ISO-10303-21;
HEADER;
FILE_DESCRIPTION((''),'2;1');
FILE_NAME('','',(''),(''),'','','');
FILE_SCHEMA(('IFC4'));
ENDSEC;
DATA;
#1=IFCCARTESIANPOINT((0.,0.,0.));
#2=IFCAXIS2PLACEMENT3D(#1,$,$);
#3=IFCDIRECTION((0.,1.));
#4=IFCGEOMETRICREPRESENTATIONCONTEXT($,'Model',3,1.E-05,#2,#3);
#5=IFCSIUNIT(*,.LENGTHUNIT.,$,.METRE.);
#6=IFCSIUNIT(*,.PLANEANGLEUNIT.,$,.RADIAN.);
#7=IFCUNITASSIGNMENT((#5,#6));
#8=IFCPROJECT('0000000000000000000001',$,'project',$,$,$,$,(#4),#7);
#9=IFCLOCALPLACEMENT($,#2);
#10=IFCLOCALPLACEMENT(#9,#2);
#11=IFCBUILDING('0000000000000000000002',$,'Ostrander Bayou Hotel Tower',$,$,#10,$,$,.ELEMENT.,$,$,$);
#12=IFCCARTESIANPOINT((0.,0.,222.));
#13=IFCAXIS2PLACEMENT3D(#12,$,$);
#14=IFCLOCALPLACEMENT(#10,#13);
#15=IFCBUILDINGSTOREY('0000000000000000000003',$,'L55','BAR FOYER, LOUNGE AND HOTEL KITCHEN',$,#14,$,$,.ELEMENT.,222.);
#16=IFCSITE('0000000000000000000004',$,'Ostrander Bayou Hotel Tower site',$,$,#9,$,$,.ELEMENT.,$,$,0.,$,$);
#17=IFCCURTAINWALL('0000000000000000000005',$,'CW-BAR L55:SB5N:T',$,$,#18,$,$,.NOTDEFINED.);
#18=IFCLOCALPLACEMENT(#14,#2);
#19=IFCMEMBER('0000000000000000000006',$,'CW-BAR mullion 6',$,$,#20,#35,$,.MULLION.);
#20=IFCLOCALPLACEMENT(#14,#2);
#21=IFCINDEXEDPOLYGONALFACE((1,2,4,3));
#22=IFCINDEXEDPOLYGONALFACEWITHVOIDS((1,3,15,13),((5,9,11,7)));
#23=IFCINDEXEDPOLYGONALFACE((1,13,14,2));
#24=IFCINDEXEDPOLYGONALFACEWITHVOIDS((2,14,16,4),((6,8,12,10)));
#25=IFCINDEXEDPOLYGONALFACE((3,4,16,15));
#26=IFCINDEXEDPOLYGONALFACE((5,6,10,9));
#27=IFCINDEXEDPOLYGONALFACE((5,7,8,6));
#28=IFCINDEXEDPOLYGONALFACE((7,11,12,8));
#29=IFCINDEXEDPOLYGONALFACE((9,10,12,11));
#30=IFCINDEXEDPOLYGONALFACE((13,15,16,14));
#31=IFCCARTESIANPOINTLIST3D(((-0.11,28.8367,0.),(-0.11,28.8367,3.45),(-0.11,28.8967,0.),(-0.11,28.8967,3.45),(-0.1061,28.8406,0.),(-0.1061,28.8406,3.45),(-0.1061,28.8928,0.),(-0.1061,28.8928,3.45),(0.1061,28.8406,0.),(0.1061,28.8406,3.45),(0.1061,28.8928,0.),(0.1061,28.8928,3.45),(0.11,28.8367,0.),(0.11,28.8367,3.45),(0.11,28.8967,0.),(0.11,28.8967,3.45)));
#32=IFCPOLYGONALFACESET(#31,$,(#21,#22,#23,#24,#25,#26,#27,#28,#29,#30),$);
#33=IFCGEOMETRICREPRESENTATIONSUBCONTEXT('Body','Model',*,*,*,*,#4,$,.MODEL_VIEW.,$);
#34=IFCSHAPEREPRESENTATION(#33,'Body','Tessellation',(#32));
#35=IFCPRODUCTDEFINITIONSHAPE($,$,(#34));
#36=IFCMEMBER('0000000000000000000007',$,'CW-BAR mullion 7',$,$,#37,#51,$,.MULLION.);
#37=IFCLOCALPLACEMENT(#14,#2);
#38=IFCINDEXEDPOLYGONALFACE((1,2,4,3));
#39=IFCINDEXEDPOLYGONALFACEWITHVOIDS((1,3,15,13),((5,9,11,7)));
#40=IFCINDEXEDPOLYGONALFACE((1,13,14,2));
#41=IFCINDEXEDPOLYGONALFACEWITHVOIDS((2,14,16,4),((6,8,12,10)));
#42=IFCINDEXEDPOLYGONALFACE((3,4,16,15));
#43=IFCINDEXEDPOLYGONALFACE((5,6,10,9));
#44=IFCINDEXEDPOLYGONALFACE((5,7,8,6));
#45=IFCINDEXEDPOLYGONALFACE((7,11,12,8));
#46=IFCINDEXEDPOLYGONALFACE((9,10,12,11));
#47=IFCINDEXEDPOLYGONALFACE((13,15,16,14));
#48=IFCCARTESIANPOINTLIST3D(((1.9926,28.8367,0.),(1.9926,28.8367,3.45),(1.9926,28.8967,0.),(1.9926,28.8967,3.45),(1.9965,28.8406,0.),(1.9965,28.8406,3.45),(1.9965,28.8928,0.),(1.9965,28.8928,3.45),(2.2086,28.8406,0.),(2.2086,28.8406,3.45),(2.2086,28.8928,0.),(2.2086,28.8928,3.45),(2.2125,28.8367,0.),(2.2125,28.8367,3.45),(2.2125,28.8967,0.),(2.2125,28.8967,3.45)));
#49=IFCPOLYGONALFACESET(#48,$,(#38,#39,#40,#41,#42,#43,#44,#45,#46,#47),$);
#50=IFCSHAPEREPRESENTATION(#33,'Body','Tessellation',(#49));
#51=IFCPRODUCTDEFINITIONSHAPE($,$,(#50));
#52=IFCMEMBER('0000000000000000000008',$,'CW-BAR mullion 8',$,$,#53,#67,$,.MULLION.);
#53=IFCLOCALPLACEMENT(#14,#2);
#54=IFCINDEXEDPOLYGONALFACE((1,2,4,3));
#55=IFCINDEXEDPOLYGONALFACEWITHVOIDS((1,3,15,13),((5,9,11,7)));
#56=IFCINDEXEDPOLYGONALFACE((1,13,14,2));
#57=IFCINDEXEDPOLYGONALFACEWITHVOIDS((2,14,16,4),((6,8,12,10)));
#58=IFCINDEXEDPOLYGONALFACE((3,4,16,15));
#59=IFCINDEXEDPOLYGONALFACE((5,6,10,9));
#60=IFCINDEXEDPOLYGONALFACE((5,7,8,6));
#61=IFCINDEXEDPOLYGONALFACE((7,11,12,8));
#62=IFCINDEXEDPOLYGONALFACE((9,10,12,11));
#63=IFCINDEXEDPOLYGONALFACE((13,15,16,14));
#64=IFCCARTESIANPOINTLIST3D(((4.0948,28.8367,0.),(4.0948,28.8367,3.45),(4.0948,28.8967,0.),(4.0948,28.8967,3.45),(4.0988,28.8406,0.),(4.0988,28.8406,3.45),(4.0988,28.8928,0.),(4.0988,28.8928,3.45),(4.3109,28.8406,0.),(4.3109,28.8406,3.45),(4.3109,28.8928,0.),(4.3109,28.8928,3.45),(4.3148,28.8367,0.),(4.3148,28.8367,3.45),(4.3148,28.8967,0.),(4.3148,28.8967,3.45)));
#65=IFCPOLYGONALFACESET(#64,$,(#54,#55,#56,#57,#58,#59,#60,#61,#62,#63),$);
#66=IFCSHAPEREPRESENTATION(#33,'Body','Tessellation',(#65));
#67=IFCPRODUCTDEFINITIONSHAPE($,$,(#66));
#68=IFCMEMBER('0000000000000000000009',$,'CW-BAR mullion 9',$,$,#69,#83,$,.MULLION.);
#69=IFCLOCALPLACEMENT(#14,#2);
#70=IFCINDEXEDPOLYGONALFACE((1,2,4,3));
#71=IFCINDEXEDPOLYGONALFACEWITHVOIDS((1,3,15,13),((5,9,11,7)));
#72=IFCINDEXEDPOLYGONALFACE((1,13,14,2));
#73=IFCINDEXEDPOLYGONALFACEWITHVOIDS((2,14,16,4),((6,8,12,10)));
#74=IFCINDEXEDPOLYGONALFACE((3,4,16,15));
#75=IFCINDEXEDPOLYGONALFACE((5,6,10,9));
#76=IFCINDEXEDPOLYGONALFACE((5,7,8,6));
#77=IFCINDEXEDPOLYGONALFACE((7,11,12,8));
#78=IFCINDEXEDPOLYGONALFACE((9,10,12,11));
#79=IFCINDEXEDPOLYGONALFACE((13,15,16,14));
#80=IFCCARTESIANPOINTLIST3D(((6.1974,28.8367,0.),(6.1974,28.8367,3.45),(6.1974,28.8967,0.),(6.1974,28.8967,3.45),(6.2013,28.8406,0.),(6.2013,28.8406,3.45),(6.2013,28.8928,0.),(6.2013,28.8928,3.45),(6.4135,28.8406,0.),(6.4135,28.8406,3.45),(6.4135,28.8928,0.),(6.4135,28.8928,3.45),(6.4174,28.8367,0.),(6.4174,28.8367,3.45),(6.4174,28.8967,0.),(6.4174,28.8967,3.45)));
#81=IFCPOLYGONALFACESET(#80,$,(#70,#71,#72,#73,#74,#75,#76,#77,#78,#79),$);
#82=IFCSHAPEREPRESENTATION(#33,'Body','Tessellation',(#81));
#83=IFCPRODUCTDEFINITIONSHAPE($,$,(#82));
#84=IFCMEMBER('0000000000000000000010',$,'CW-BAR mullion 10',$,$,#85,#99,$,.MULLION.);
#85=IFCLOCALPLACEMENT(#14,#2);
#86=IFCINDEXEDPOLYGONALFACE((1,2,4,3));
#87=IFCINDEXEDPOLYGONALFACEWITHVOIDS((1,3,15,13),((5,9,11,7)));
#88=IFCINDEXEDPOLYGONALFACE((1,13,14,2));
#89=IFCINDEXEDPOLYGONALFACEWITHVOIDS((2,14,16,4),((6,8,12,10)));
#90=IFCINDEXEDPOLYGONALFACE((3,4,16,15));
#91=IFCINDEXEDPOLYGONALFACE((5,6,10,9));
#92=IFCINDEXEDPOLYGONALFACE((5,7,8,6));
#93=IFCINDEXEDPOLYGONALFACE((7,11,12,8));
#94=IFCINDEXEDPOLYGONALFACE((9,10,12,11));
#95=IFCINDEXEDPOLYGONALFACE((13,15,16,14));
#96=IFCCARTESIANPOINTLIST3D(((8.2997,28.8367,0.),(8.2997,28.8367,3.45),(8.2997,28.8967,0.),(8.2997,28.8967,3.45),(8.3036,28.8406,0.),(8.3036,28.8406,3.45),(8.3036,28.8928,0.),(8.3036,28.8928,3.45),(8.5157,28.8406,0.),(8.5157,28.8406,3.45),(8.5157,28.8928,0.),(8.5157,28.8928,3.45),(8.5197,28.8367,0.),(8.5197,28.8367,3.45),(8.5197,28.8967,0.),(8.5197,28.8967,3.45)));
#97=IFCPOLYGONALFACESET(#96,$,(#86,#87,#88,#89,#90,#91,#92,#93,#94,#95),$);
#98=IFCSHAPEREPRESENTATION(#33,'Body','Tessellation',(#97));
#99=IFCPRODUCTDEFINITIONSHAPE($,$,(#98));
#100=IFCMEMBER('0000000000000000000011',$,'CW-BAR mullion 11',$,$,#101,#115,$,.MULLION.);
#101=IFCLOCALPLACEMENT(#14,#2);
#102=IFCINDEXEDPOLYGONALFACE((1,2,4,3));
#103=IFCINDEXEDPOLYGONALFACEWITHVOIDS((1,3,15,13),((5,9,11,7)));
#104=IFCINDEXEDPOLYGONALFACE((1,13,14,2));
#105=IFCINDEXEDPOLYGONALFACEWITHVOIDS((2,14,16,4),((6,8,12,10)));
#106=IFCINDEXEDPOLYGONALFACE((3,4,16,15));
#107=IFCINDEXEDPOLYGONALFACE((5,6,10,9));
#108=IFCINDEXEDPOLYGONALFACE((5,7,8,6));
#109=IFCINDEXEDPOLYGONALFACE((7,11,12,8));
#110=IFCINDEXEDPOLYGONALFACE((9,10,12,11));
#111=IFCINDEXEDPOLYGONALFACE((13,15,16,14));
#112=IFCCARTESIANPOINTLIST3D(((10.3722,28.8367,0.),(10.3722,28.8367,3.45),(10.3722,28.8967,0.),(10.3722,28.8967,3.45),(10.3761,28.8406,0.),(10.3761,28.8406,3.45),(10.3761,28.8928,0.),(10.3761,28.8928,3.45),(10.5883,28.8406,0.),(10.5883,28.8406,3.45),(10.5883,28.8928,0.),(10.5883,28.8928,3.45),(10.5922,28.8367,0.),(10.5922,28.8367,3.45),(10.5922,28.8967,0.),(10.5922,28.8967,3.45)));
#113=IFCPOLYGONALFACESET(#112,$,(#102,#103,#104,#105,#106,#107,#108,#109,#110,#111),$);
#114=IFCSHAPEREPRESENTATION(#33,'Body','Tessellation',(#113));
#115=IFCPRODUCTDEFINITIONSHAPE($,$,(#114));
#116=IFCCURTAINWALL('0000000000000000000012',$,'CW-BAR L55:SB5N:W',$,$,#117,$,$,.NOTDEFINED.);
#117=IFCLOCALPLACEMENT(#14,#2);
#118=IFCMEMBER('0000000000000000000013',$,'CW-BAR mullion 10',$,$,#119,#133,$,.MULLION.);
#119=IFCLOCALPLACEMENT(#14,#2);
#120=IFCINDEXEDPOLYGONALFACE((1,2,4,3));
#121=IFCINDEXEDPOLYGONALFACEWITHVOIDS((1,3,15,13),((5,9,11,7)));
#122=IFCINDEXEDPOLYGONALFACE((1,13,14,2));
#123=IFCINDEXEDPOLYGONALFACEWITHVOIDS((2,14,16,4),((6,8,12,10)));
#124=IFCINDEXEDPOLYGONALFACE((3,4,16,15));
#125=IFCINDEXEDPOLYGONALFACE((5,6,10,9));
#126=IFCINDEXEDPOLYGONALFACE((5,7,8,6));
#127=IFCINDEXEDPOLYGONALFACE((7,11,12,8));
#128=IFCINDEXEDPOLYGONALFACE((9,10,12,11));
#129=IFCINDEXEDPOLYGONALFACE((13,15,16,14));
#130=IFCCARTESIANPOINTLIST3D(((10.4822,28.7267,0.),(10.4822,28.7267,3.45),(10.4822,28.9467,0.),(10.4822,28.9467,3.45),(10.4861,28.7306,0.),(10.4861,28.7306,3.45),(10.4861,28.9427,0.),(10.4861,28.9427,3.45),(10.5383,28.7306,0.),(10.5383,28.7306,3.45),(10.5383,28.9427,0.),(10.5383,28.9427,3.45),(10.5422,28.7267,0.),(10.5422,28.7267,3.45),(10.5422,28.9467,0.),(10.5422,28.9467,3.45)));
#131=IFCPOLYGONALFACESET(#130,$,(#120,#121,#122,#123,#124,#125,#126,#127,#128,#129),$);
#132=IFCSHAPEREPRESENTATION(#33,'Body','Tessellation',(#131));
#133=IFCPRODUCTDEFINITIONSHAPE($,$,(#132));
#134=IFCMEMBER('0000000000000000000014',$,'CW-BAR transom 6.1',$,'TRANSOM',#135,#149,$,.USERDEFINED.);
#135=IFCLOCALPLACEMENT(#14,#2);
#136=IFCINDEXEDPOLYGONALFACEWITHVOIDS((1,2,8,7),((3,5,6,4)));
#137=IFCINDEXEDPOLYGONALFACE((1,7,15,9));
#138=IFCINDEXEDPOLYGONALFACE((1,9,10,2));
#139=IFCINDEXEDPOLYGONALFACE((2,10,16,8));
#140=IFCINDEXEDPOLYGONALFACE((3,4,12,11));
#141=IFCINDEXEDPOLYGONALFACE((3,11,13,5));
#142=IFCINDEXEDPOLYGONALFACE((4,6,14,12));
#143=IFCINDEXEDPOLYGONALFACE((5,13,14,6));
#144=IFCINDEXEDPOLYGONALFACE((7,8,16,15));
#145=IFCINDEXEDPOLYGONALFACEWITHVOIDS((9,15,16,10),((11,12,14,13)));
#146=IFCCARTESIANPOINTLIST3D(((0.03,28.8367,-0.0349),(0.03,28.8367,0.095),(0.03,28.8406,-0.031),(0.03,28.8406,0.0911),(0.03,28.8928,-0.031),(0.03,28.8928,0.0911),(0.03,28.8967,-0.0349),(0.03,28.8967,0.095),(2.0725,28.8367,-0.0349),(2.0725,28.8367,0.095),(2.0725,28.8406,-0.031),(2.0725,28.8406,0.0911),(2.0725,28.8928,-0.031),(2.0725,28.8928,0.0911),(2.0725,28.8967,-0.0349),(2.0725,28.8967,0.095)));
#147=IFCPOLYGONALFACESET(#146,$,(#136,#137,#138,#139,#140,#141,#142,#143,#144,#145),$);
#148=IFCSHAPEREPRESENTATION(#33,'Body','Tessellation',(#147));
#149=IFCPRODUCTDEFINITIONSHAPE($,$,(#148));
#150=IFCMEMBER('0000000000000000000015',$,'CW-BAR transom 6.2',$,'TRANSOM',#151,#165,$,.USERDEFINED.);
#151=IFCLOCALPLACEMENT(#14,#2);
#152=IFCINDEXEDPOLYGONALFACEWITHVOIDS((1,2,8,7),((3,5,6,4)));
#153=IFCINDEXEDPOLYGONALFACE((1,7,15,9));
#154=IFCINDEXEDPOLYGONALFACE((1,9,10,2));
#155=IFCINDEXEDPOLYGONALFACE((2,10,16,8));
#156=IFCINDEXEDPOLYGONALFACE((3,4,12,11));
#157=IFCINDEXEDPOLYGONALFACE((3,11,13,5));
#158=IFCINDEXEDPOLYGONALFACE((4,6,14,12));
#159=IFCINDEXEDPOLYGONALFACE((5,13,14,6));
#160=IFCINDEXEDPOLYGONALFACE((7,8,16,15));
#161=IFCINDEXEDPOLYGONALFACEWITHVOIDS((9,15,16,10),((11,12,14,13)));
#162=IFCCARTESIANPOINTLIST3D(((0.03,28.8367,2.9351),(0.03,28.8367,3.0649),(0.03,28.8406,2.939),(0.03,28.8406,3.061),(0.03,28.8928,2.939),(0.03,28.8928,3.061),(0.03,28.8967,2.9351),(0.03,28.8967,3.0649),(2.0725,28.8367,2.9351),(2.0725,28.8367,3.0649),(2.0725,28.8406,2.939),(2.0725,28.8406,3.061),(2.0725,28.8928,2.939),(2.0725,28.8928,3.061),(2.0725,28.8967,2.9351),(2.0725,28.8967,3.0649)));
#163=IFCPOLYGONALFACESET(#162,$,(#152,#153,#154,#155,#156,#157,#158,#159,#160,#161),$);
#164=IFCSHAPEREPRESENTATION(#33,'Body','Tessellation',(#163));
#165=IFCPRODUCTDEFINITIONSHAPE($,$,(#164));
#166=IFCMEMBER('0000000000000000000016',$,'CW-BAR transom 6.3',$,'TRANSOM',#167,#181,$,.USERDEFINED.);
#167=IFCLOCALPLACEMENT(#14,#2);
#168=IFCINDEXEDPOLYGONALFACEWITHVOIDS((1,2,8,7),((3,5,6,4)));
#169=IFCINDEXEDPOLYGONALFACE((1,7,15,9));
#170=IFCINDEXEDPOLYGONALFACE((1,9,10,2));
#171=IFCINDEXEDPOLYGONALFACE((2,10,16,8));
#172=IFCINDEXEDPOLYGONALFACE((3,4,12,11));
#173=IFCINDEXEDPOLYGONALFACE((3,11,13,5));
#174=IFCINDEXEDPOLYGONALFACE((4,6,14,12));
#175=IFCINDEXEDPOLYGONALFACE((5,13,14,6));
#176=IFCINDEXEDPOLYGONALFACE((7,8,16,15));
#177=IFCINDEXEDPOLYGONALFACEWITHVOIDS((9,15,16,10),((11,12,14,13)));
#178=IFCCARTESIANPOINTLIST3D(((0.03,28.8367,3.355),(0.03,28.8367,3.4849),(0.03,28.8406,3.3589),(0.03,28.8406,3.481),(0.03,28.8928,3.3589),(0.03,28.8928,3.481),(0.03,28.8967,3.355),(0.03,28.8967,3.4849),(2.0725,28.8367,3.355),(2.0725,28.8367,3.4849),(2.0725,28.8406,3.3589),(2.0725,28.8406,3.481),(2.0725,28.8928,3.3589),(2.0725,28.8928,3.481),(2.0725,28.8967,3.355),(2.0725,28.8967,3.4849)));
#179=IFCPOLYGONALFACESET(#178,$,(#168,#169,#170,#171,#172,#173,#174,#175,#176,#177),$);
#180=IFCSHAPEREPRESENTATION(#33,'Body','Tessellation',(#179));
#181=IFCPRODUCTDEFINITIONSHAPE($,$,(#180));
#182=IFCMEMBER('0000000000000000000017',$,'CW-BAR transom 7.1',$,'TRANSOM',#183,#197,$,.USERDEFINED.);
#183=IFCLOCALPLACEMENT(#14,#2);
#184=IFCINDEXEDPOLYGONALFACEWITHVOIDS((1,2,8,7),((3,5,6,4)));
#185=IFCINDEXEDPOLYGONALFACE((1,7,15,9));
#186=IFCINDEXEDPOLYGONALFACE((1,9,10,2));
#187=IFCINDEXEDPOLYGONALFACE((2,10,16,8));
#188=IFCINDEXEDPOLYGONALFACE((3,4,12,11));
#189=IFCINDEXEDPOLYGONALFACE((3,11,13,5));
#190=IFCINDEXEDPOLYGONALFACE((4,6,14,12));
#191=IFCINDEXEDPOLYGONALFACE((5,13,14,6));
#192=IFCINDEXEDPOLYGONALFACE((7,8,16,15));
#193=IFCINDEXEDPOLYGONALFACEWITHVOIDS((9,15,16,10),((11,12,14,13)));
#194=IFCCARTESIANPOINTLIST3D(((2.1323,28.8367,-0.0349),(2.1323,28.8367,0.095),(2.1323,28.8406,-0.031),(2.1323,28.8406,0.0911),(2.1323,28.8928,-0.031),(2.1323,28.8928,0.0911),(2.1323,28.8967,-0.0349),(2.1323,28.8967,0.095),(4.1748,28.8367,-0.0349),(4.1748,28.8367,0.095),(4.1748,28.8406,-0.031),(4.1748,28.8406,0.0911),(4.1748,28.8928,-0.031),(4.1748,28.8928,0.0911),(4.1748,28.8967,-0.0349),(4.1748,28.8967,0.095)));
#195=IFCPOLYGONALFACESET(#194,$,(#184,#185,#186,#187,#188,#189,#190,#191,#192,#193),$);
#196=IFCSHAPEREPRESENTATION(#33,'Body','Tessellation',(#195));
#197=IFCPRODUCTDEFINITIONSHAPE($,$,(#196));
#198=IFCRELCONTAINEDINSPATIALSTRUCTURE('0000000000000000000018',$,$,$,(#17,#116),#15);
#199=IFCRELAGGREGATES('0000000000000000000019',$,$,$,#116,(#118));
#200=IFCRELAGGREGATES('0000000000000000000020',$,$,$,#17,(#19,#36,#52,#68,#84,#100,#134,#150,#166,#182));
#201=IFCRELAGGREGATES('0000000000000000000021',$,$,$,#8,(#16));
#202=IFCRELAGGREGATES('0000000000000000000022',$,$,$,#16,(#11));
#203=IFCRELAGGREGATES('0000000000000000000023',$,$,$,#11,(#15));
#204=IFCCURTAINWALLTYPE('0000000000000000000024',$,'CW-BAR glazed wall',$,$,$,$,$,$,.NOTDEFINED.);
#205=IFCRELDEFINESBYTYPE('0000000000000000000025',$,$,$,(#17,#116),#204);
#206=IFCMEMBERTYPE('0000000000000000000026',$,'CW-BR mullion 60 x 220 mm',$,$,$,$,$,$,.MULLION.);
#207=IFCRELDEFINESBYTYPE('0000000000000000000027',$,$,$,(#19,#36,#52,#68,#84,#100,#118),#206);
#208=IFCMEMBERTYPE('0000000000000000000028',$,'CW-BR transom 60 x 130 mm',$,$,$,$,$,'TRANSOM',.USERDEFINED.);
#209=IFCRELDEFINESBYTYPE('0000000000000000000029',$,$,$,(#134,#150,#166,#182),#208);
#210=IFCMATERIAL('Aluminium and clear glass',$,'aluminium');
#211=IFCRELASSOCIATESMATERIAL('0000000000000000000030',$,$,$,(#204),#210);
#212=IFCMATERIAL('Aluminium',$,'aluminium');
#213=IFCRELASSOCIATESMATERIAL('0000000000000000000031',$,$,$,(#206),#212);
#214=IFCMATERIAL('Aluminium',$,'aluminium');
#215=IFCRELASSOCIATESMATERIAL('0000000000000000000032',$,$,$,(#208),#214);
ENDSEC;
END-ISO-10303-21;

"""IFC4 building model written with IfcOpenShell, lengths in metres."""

from ifc_helpers import new_model, si_unit, direction, frame, origin, origin_2d, place, context, subcontext, project, spatial, hollow_rectangle, extrude, material, material_profile, profile_set, type_object, element, aggregate, save


model = new_model("IFC4")

# Units and contexts
model_context = context("Model", 3, precision=1e-05, world=origin(), true_north=direction((0.0, 1.0)))
body_context = subcontext(model_context, "Body", "Model", "MODEL_VIEW")
ifc_project = project(units=[si_unit("LENGTHUNIT", "METRE"), si_unit("PLANEANGLEUNIT", "RADIAN")], contexts=[model_context])

# Site, building, storey
site_placement = place(None, origin())
site = spatial("IfcSite", under=ifc_project, at=site_placement, Name="Ostrander Bayou Hotel Tower site", CompositionType="ELEMENT", RefElevation=0.0)
building_placement = place(site_placement, origin())
building = spatial("IfcBuilding", under=site, at=building_placement, Name="Ostrander Bayou Hotel Tower", CompositionType="ELEMENT")
storey_placement = place(building_placement, frame((0.0, 0.0, 222.0)))
storey = spatial("IfcBuildingStorey", under=building, at=storey_placement, Name="L55", Description="BAR FOYER, LOUNGE AND HOTEL KITCHEN", CompositionType="ELEMENT", Elevation=222.0)

# Curtain wall, members
ifc_material_1 = material(Name="Aluminium and clear glass", Category="aluminium")
curtain_wall_type = type_object("IfcCurtainWallType", Name="CW-BAR glazed wall", PredefinedType="NOTDEFINED", material=ifc_material_1)
curtain_wall_1_placement = place(storey_placement, origin())
curtain_wall_1 = element("IfcCurtainWall", 1, at=curtain_wall_1_placement, inside=storey, type_object=curtain_wall_type, Name="CW-BAR L55:SB5N:T", PredefinedType="NOTDEFINED")
ifc_material_2 = material(Name="Aluminium", Category="aluminium")
ifc_material_profile_1 = material_profile(ifc_material_2, hollow_rectangle(XDim=0.0601, YDim=0.22, WallThickness=0.0039, at=origin_2d()))
ifc_profile_set_1 = profile_set([ifc_material_profile_1], Name="Aluminium")
member_type_1 = type_object("IfcMemberType", Name="CW-BR mullion 60 x 220 mm", PredefinedType="MULLION", material=ifc_profile_set_1)
member_1_placement = place(storey_placement, frame((0.0, 28.8667, 0.0), z_axis=(0.0, 0.0, 1.0), x_axis=(0.0, 1.0, 0.0)))
member_1 = element("IfcMember", 2, at=member_1_placement, type_object=member_type_1, Name="CW-BAR mullion 6", PredefinedType="MULLION", context=body_context, shape_type="SweptSolid", body=[
    extrude(hollow_rectangle(XDim=0.0601, YDim=0.22, WallThickness=0.0039, at=origin_2d()), origin(), (0.0, 0.0, 1.0), 3.45),
])
member_2_placement = place(storey_placement, frame((2.1025, 28.8667, 0.0), z_axis=(0.0, 0.0, 1.0), x_axis=(0.0, 1.0, 0.0)))
member_2 = element("IfcMember", 3, at=member_2_placement, type_object=member_type_1, Name="CW-BAR mullion 7", PredefinedType="MULLION", context=body_context, shape_type="SweptSolid", body=[
    extrude(hollow_rectangle(XDim=0.0601, YDim=0.22, WallThickness=0.0039, at=origin_2d()), origin(), (0.0, 0.0, 1.0), 3.45),
])
member_3_placement = place(storey_placement, frame((4.2048, 28.8667, 0.0), z_axis=(0.0, 0.0, 1.0), x_axis=(0.0, 1.0, 0.0)))
member_3 = element("IfcMember", 4, at=member_3_placement, type_object=member_type_1, Name="CW-BAR mullion 8", PredefinedType="MULLION", context=body_context, shape_type="SweptSolid", body=[
    extrude(hollow_rectangle(XDim=0.0601, YDim=0.22, WallThickness=0.0039, at=origin_2d()), origin(), (0.0, 0.0, 1.0), 3.45),
])
member_4_placement = place(storey_placement, frame((6.3074, 28.8667, 0.0), z_axis=(0.0, 0.0, 1.0), x_axis=(0.0, 1.0, 0.0)))
member_4 = element("IfcMember", 5, at=member_4_placement, type_object=member_type_1, Name="CW-BAR mullion 9", PredefinedType="MULLION", context=body_context, shape_type="SweptSolid", body=[
    extrude(hollow_rectangle(XDim=0.0601, YDim=0.22, WallThickness=0.0039, at=origin_2d()), origin(), (0.0, 0.0, 1.0), 3.45),
])
member_5_placement = place(storey_placement, frame((8.4097, 28.8667, 0.0), z_axis=(0.0, 0.0, 1.0), x_axis=(0.0, 1.0, 0.0)))
member_5 = element("IfcMember", 6, at=member_5_placement, type_object=member_type_1, Name="CW-BAR mullion 10", PredefinedType="MULLION", context=body_context, shape_type="SweptSolid", body=[
    extrude(hollow_rectangle(XDim=0.0601, YDim=0.22, WallThickness=0.0039, at=origin_2d()), origin(), (0.0, 0.0, 1.0), 3.45),
])
member_6_placement = place(storey_placement, frame((10.4822, 28.8667, 0.0), z_axis=(0.0, 0.0, 1.0), x_axis=(0.0, 1.0, 0.0)))
member_6 = element("IfcMember", 7, at=member_6_placement, type_object=member_type_1, Name="CW-BAR mullion 11", PredefinedType="MULLION", context=body_context, shape_type="SweptSolid", body=[
    extrude(hollow_rectangle(XDim=0.0601, YDim=0.22, WallThickness=0.0039, at=origin_2d()), origin(), (0.0, 0.0, 1.0), 3.45),
])

# Curtain wall, member
curtain_wall_2_placement = place(storey_placement, origin())
curtain_wall_2 = element("IfcCurtainWall", 8, at=curtain_wall_2_placement, inside=storey, type_object=curtain_wall_type, Name="CW-BAR L55:SB5N:W", PredefinedType="NOTDEFINED")
member_7_placement = place(storey_placement, frame((10.5122, 28.8367, 0.0), z_axis=(0.0, 0.0, 1.0), x_axis=(-1.0, 0.0, 0.0)))
member_7 = element("IfcMember", 9, at=member_7_placement, type_object=member_type_1, Name="CW-BAR mullion 10", PredefinedType="MULLION", context=body_context, shape_type="SweptSolid", body=[
    extrude(hollow_rectangle(XDim=0.0601, YDim=0.22, WallThickness=0.0039, at=origin_2d()), origin(), (0.0, 0.0, 1.0), 3.45),
])
aggregate(curtain_wall_2, [member_7])

# Members
ifc_material_3 = material(Name="Aluminium", Category="aluminium")
ifc_material_profile_2 = material_profile(ifc_material_3, hollow_rectangle(XDim=0.0601, YDim=0.1299, WallThickness=0.0039, at=origin_2d()))
ifc_profile_set_2 = profile_set([ifc_material_profile_2], Name="Aluminium")
member_type_2 = type_object("IfcMemberType", Name="CW-BR transom 60 x 130 mm", ElementType="TRANSOM", PredefinedType="USERDEFINED", material=ifc_profile_set_2)
member_8_placement = place(storey_placement, frame((0.03, 28.8667, 0.03), z_axis=(1.0, 0.0, 0.0), x_axis=(0.0, 1.0, 0.0)))
member_8 = element("IfcMember", 10, at=member_8_placement, type_object=member_type_2, Name="CW-BAR transom 6.1", ObjectType="TRANSOM", PredefinedType="USERDEFINED", context=body_context, shape_type="SweptSolid", body=[
    extrude(hollow_rectangle(XDim=0.0601, YDim=0.1299, WallThickness=0.0039, at=origin_2d()), origin(), (0.0, 0.0, 1.0), 2.0425),
])
member_9_placement = place(storey_placement, frame((0.03, 28.8667, 3.0), z_axis=(1.0, 0.0, 0.0), x_axis=(0.0, 1.0, 0.0)))
member_9 = element("IfcMember", 11, at=member_9_placement, type_object=member_type_2, Name="CW-BAR transom 6.2", ObjectType="TRANSOM", PredefinedType="USERDEFINED", context=body_context, shape_type="SweptSolid", body=[
    extrude(hollow_rectangle(XDim=0.0601, YDim=0.1299, WallThickness=0.0039, at=origin_2d()), origin(), (0.0, 0.0, 1.0), 2.0425),
])
member_10_placement = place(storey_placement, frame((0.03, 28.8667, 3.4199), z_axis=(1.0, 0.0, 0.0), x_axis=(0.0, 1.0, 0.0)))
member_10 = element("IfcMember", 12, at=member_10_placement, type_object=member_type_2, Name="CW-BAR transom 6.3", ObjectType="TRANSOM", PredefinedType="USERDEFINED", context=body_context, shape_type="SweptSolid", body=[
    extrude(hollow_rectangle(XDim=0.0601, YDim=0.1299, WallThickness=0.0039, at=origin_2d()), origin(), (0.0, 0.0, 1.0), 2.0425),
])
member_11_placement = place(storey_placement, frame((2.1323, 28.8667, 0.03), z_axis=(1.0, 0.0, 0.0), x_axis=(0.0, 1.0, 0.0)))
member_11 = element("IfcMember", 13, at=member_11_placement, type_object=member_type_2, Name="CW-BAR transom 7.1", ObjectType="TRANSOM", PredefinedType="USERDEFINED", context=body_context, shape_type="SweptSolid", body=[
    extrude(hollow_rectangle(XDim=0.0601, YDim=0.1299, WallThickness=0.0039, at=origin_2d()), origin(), (0.0, 0.0, 1.0), 2.0425),
])

aggregate(curtain_wall_1, [member_1, member_2, member_3, member_4, member_5, member_6, member_8, member_9, member_10, member_11])

save(model, "model.ifc")
